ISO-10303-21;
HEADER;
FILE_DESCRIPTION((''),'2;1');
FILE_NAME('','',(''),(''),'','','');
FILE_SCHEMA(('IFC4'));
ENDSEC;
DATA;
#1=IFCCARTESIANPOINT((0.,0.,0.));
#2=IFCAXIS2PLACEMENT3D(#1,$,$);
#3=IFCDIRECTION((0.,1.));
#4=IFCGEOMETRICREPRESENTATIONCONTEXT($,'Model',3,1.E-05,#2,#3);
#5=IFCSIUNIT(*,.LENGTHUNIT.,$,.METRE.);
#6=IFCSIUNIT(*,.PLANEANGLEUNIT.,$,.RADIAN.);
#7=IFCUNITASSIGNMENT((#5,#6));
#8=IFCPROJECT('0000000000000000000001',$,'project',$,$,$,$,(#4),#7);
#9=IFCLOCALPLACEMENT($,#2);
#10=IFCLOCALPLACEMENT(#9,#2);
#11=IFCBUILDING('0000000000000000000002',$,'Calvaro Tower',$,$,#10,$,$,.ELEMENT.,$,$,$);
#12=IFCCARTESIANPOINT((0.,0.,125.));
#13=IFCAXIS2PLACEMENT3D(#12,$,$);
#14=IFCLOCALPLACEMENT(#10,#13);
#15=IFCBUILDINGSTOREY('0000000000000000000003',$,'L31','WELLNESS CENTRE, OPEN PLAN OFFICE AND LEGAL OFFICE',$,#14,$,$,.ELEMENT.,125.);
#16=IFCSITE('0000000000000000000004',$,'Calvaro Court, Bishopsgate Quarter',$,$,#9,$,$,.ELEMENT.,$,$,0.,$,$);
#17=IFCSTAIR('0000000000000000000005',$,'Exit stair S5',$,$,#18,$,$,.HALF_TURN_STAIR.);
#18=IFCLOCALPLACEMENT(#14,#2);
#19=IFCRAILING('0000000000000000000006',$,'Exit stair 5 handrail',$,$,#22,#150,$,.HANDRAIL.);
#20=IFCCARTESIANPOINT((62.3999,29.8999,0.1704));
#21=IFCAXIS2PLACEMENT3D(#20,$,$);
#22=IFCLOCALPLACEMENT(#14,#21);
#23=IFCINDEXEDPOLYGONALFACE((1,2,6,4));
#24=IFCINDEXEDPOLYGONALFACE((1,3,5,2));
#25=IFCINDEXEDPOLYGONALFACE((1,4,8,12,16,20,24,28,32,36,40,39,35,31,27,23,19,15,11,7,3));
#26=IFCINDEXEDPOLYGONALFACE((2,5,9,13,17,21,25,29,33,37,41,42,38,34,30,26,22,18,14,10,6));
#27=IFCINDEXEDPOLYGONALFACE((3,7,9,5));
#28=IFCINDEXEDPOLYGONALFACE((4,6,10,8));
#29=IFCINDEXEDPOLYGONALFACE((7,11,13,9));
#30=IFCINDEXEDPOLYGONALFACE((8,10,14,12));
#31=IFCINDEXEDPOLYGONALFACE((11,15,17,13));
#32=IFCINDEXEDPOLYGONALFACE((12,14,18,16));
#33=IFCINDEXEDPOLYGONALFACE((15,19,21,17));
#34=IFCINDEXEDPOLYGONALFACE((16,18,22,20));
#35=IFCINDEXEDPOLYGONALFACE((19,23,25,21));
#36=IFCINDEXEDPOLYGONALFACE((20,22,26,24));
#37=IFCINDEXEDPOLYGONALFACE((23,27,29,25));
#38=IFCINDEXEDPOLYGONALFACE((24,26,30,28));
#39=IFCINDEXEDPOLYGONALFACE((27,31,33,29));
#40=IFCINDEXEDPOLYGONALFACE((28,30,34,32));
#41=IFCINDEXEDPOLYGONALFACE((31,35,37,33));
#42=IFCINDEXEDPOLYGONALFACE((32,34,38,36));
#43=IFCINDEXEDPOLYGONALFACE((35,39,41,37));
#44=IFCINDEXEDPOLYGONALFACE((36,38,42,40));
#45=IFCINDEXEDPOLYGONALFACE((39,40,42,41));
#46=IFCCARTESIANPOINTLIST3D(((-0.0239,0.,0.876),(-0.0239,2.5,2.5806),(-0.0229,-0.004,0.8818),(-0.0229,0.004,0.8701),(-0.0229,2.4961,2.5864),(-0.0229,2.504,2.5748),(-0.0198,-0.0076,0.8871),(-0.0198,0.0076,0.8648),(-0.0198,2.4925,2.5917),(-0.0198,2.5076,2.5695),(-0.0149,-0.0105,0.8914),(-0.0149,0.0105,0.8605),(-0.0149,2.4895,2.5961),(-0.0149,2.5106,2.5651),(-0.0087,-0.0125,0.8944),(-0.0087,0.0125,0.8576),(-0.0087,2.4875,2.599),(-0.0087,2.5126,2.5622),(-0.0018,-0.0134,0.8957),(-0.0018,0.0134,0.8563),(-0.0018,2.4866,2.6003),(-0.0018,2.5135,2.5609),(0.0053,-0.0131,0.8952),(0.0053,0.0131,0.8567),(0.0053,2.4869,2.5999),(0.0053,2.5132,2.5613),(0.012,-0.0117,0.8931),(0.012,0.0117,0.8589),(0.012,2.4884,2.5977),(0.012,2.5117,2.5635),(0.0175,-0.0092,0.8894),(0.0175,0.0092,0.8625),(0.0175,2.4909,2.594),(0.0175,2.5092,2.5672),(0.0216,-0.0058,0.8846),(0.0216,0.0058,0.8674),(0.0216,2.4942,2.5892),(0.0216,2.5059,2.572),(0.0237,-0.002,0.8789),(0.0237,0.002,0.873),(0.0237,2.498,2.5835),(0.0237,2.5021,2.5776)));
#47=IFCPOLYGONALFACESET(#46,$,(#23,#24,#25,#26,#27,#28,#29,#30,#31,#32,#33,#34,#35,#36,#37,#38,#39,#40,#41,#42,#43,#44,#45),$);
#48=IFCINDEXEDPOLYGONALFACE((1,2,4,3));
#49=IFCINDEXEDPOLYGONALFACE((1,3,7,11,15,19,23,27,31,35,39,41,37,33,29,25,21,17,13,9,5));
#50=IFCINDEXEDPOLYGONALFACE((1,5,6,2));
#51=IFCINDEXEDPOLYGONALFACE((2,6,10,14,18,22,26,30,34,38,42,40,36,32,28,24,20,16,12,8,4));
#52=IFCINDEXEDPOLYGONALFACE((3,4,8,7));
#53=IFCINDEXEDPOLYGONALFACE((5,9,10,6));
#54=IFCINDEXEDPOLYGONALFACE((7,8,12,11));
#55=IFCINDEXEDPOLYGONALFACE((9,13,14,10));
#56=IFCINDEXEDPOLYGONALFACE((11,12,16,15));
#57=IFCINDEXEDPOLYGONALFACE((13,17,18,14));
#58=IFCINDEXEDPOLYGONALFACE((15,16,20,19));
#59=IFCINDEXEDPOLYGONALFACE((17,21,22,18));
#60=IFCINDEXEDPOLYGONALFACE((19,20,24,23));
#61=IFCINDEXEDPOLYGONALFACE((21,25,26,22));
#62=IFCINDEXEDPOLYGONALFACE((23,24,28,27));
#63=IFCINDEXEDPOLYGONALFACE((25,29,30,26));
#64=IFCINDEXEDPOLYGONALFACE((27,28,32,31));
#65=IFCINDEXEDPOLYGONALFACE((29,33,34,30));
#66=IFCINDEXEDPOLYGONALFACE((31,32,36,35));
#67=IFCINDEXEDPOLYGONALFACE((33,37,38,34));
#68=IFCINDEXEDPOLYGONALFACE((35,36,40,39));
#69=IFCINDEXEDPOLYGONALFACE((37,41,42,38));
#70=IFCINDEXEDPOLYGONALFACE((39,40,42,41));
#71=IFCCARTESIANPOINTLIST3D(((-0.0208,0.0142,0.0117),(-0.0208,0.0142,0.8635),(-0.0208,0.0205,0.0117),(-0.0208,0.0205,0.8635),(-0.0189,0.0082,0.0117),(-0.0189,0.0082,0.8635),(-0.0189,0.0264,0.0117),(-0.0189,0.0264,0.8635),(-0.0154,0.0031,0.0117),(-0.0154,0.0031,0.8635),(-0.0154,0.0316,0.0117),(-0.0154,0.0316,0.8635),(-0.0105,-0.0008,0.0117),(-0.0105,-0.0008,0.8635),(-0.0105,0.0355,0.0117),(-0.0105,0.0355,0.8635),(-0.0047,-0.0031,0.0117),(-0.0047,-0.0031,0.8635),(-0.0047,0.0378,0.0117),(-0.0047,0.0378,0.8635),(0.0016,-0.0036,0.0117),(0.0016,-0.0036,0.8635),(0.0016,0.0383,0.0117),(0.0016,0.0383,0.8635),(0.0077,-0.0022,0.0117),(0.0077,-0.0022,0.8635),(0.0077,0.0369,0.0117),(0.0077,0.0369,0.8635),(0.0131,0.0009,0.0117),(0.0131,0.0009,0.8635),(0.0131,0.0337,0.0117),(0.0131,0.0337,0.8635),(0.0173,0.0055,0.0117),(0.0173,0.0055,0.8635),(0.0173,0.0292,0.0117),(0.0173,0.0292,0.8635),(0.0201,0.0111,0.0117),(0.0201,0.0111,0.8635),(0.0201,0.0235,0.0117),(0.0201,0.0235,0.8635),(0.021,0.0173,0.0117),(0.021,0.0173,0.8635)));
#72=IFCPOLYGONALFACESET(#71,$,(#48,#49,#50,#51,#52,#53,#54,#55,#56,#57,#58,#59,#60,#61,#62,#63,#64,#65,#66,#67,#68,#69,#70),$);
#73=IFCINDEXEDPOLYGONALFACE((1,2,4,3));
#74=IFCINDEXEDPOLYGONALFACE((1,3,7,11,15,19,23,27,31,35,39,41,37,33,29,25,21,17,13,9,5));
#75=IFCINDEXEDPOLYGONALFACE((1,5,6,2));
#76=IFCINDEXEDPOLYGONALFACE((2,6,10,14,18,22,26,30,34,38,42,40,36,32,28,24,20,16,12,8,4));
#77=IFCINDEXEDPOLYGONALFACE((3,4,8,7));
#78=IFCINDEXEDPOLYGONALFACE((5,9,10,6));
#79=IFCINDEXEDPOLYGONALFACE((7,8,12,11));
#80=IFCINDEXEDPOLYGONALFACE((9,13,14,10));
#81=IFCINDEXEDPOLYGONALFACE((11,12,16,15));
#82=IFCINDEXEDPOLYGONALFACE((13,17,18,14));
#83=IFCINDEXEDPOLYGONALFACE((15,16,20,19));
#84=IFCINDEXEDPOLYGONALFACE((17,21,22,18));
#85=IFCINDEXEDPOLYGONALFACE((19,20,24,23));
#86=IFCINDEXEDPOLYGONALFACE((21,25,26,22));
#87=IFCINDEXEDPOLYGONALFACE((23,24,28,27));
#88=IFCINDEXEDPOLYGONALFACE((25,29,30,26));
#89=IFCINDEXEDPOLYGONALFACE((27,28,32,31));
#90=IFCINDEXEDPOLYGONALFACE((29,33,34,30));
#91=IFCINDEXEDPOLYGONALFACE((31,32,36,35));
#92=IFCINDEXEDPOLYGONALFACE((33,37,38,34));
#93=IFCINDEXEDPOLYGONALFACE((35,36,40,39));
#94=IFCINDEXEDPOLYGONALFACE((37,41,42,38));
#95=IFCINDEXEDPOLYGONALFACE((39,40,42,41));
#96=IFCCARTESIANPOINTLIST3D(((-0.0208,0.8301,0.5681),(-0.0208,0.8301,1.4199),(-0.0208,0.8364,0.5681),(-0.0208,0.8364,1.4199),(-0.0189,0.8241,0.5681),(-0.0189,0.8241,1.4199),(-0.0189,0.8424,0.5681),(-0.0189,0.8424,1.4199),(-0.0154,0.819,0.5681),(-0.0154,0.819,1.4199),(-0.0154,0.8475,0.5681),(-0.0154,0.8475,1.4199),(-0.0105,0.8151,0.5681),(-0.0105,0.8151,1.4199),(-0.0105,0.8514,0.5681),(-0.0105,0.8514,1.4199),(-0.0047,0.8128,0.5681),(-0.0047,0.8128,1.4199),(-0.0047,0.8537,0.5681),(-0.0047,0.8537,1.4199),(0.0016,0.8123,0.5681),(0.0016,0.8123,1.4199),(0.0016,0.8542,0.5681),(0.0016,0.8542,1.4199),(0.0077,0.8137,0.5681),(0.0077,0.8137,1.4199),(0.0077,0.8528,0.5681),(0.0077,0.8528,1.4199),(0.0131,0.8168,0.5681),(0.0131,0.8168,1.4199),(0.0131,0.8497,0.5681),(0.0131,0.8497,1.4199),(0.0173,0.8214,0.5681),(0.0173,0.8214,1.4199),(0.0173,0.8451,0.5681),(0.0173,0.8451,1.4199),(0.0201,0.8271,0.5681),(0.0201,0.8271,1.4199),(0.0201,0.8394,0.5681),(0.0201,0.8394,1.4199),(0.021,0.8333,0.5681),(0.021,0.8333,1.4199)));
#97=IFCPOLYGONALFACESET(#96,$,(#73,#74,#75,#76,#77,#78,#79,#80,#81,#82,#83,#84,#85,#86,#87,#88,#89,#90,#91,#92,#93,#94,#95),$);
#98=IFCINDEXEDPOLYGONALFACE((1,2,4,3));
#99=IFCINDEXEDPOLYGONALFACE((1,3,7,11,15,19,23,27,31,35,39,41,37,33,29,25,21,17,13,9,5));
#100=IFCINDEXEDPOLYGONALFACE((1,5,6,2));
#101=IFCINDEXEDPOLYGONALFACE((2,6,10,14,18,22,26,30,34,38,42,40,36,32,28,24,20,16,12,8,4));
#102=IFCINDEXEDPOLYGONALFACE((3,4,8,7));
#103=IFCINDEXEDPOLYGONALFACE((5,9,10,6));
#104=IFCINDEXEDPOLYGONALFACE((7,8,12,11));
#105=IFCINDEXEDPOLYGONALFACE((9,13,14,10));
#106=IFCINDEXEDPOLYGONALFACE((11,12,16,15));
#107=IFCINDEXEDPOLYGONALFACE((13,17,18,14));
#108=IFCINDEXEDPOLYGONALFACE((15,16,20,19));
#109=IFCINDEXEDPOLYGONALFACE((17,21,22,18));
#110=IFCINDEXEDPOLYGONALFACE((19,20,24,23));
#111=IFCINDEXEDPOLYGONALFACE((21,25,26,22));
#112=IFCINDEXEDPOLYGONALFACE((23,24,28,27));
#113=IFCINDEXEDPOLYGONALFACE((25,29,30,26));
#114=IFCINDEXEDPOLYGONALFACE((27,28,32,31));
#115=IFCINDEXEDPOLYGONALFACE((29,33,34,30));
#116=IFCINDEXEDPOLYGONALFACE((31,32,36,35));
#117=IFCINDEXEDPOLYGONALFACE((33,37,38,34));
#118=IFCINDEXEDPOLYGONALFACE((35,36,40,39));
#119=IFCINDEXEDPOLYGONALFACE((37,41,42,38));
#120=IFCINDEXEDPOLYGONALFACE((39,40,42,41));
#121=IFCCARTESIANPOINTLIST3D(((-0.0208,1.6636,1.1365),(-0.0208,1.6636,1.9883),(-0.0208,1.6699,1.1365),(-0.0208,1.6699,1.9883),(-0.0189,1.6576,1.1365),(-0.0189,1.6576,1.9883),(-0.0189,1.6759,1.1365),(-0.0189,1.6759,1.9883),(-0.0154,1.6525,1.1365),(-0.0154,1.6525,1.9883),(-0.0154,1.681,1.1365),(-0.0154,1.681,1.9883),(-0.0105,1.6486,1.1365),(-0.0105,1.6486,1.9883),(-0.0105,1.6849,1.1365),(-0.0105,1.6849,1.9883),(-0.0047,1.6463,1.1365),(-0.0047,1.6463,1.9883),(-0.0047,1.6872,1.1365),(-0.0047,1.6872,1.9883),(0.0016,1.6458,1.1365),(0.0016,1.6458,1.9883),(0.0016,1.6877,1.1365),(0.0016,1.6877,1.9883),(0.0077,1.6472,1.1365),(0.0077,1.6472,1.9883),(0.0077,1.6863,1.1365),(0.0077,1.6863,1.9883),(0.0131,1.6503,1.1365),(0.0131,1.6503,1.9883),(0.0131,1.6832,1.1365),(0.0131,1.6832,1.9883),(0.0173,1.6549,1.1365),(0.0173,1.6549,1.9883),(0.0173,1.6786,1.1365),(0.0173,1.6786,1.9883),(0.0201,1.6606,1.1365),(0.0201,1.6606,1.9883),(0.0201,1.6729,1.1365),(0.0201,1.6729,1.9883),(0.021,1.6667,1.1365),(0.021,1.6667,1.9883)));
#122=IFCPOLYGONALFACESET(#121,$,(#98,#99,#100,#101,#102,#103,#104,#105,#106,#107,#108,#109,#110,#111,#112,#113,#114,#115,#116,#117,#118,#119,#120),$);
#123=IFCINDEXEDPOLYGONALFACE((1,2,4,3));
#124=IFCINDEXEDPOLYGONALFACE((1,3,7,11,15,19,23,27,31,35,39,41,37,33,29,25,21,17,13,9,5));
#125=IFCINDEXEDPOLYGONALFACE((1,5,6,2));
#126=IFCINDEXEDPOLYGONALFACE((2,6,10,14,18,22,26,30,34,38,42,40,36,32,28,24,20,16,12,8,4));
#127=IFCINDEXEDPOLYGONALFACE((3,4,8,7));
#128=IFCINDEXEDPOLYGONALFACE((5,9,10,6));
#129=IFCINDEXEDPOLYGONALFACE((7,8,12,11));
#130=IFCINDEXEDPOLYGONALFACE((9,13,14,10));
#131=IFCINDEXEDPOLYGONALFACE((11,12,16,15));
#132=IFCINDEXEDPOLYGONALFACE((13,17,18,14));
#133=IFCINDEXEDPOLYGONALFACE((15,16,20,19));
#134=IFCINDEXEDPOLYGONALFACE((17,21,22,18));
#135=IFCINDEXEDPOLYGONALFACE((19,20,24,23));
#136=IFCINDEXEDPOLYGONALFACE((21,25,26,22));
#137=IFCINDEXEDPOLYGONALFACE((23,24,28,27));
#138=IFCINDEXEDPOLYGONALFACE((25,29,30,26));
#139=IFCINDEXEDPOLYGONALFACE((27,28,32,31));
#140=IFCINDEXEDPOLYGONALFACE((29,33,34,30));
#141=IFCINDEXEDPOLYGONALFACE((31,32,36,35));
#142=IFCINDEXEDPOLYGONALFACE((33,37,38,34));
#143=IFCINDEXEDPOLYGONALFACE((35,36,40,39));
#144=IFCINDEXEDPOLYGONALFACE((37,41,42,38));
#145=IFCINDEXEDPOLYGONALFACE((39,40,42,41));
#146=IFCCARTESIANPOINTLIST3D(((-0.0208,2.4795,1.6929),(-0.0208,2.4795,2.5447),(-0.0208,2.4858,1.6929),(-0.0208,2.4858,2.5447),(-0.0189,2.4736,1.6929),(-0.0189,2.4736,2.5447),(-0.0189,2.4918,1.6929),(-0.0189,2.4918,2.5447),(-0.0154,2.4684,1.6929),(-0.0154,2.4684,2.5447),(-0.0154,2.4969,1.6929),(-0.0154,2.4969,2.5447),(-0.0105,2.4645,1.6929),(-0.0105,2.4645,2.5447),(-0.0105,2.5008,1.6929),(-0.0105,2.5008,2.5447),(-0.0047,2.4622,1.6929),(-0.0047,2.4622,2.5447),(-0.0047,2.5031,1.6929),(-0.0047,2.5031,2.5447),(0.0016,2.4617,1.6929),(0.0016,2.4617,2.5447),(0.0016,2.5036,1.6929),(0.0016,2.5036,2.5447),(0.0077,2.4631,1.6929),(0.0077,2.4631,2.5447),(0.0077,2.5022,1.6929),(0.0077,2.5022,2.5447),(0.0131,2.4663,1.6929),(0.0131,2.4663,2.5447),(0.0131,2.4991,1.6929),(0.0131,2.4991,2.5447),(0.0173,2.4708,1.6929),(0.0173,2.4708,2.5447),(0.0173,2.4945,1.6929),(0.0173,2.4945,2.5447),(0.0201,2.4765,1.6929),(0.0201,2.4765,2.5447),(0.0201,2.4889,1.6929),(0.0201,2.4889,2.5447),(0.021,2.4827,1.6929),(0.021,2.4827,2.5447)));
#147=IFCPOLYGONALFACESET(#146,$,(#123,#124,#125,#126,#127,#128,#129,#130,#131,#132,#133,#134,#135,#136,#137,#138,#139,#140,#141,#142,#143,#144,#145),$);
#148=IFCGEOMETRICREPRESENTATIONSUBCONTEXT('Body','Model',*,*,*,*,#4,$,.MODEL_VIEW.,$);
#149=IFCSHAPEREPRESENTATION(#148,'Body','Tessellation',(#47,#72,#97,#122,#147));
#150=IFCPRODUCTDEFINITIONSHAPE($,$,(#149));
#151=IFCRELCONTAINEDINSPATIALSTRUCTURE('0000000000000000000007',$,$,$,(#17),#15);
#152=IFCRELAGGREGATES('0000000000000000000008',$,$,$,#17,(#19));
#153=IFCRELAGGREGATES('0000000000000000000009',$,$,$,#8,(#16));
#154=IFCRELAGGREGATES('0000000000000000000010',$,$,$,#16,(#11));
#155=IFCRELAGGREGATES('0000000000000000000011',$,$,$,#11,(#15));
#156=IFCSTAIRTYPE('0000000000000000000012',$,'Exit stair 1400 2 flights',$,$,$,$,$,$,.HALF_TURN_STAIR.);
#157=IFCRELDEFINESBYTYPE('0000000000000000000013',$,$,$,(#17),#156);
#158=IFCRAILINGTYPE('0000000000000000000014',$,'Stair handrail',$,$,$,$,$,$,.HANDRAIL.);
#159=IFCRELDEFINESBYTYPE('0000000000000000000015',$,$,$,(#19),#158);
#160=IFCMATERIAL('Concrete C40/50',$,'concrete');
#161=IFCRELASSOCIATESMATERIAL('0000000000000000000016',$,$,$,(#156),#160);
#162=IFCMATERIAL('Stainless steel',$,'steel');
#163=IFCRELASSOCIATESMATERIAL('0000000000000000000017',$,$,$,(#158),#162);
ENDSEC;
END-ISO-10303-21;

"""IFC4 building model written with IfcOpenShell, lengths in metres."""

from ifc_helpers import new_model, si_unit, direction, frame, origin, origin_2d, place, context, subcontext, project, spatial, circle, extrude, material, type_object, element, aggregate, save


model = new_model("IFC4")

# Units and contexts
model_context = context("Model", 3, precision=1e-05, world=origin(), true_north=direction((0.0, 1.0)))
body_context = subcontext(model_context, "Body", "Model", "MODEL_VIEW")
ifc_project = project(units=[si_unit("LENGTHUNIT", "METRE"), si_unit("PLANEANGLEUNIT", "RADIAN")], contexts=[model_context])

# Site, building, storey
site_placement = place(None, origin())
site = spatial("IfcSite", under=ifc_project, at=site_placement, Name="Calvaro Court, Bishopsgate Quarter", CompositionType="ELEMENT", RefElevation=0.0)
building_placement = place(site_placement, origin())
building = spatial("IfcBuilding", under=site, at=building_placement, Name="Calvaro Tower", CompositionType="ELEMENT")
storey_placement = place(building_placement, frame((0.0, 0.0, 125.0)))
storey = spatial("IfcBuildingStorey", under=building, at=storey_placement, Name="L31", Description="WELLNESS CENTRE, OPEN PLAN OFFICE AND LEGAL OFFICE", CompositionType="ELEMENT", Elevation=125.0)

# Stair
ifc_material_1 = material(Name="Concrete C40/50", Category="concrete")
stair_type = type_object("IfcStairType", Name="Exit stair 1400 2 flights", PredefinedType="HALF_TURN_STAIR", material=ifc_material_1)
stair_1_placement = place(storey_placement, origin())
stair_1 = element("IfcStair", 1, at=stair_1_placement, inside=storey, type_object=stair_type, Name="Exit stair S5", PredefinedType="HALF_TURN_STAIR")

# Shared definitions
ifc_material_2 = material(Name="Stainless steel", Category="steel")
railing_type = type_object("IfcRailingType", Name="Stair handrail", PredefinedType="HANDRAIL", material=ifc_material_2)

# Railing
railing_1_placement = place(storey_placement, frame((62.3999, 29.8999, 0.1704)))
railing_1 = element("IfcRailing", 2, at=railing_1_placement, type_object=railing_type, Name="Exit stair 5 handrail", PredefinedType="HANDRAIL", context=body_context, shape_type="SweptSolid", body=[
    extrude(circle(Radius=0.0239, at=origin_2d()), frame((0.0, 0.0, 0.876), z_axis=(0.0, 0.826221, 0.563347), x_axis=(-1.0, 0.0, 0.0)), (0.0, 0.0, 1.0), 3.0259),
    extrude(circle(Radius=0.021, at=origin_2d()), frame((0.0, 0.0173, 0.0117)), (0.0, 0.0, 1.0), 0.8518),
    extrude(circle(Radius=0.021, at=origin_2d()), frame((0.0, 0.8333, 0.5681)), (0.0, 0.0, 1.0), 0.8518),
    extrude(circle(Radius=0.021, at=origin_2d()), frame((0.0, 1.6667, 1.1365)), (0.0, 0.0, 1.0), 0.8518),
    extrude(circle(Radius=0.021, at=origin_2d()), frame((0.0, 2.4827, 1.6929)), (0.0, 0.0, 1.0), 0.8518),
])
aggregate(stair_1, [railing_1])

save(model, "model.ifc")
